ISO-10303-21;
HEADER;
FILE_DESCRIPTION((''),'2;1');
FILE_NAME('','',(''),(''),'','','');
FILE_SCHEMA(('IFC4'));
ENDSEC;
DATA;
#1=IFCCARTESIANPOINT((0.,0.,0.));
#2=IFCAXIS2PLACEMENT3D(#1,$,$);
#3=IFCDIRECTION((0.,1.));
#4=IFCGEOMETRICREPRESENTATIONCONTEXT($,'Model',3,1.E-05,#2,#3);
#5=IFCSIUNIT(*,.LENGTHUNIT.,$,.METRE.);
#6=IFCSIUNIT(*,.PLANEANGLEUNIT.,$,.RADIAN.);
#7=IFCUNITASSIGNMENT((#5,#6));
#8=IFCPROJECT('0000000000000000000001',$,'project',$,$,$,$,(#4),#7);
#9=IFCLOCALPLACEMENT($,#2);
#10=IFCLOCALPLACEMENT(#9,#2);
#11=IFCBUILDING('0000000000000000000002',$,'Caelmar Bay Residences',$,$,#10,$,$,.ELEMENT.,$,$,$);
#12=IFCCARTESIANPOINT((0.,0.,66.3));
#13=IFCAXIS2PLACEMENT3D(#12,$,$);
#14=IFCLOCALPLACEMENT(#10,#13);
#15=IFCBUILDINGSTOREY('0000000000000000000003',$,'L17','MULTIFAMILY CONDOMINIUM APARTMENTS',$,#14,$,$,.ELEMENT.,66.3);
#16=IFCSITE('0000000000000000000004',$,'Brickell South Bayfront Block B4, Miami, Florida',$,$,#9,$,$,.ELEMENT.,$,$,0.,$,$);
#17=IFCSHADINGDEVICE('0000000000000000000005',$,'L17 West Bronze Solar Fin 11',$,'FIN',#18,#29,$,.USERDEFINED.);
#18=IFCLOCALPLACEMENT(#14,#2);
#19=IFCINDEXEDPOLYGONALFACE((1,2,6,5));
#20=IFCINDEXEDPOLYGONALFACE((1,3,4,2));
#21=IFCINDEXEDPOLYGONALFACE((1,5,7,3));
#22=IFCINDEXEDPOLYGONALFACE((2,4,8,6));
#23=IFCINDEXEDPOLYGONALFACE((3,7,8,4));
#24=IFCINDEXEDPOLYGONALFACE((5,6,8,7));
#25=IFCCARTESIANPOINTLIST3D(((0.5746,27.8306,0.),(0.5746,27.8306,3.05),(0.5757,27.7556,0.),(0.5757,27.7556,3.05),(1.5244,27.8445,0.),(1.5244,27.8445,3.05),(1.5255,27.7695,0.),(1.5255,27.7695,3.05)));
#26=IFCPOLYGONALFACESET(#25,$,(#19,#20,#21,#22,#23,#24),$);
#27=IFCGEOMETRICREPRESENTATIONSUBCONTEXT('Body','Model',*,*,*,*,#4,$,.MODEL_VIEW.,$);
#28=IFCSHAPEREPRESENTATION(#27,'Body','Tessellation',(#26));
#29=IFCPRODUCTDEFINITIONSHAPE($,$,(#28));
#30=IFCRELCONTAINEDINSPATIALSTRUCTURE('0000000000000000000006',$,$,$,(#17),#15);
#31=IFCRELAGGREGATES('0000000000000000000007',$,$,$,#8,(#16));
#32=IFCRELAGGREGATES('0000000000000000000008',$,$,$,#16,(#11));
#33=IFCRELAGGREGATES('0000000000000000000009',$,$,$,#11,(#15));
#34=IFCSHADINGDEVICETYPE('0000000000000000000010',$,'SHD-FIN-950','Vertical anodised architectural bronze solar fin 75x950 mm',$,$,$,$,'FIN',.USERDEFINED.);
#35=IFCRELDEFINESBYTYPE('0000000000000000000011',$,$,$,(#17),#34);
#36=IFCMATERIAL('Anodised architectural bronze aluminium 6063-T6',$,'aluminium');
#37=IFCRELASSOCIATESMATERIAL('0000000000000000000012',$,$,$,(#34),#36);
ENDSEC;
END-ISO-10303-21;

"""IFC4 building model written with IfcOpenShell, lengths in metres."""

from ifc_helpers import new_model, si_unit, direction, frame, origin, origin_2d, place, context, subcontext, project, spatial, rectangle, extrude, material, material_profile, profile_set, type_object, element, save


model = new_model("IFC4")

# Units and contexts
model_context = context("Model", 3, precision=1e-05, world=origin(), true_north=direction((0.0, 1.0)))
body_context = subcontext(model_context, "Body", "Model", "MODEL_VIEW")
ifc_project = project(units=[si_unit("LENGTHUNIT", "METRE"), si_unit("PLANEANGLEUNIT", "RADIAN")], contexts=[model_context])

# Site, building, storey
site_placement = place(None, origin())
site = spatial("IfcSite", under=ifc_project, at=site_placement, Name="Brickell South Bayfront Block B4, Miami, Florida", CompositionType="ELEMENT", RefElevation=0.0)
building_placement = place(site_placement, origin())
building = spatial("IfcBuilding", under=site, at=building_placement, Name="Caelmar Bay Residences", CompositionType="ELEMENT")
storey_placement = place(building_placement, frame((0.0, 0.0, 66.3)))
storey = spatial("IfcBuildingStorey", under=building, at=storey_placement, Name="L17", Description="MULTIFAMILY CONDOMINIUM APARTMENTS", CompositionType="ELEMENT", Elevation=66.3)

# Shading device
ifc_material_1 = material(Name="Anodised architectural bronze aluminium 6063-T6", Category="aluminium")
ifc_material_profile_1 = material_profile(ifc_material_1, rectangle(XDim=0.075, YDim=0.95, at=origin_2d()), Name="BRONZE-FIN-75X950")
ifc_profile_set_1 = profile_set([ifc_material_profile_1], Name="Anodised architectural bronze aluminium 6063-T6")
shading_device_type = type_object("IfcShadingDeviceType", Name="SHD-FIN-950", Description="Vertical anodised architectural bronze solar fin 75x950 mm", ElementType="FIN", PredefinedType="USERDEFINED", material=ifc_profile_set_1)
for number, where, z_axis, x_axis, name in (
    (1, (1.05, 27.8, 0.0), (0.0, 0.0, 1.0), (-0.01466, 0.999893, 0.0), "L17 West Bronze Solar Fin 11"),
):
    element("IfcShadingDevice", number, at=place(storey_placement, frame(where, z_axis=z_axis, x_axis=x_axis)), inside=storey, type_object=shading_device_type, Name=name, ObjectType="FIN", PredefinedType="USERDEFINED", context=body_context, shape_type="SweptSolid", body=[
        extrude(rectangle(XDim=0.075, YDim=0.95, at=origin_2d()), origin(), (0.0, 0.0, 1.0), 3.05),
    ])

save(model, "model.ifc")
